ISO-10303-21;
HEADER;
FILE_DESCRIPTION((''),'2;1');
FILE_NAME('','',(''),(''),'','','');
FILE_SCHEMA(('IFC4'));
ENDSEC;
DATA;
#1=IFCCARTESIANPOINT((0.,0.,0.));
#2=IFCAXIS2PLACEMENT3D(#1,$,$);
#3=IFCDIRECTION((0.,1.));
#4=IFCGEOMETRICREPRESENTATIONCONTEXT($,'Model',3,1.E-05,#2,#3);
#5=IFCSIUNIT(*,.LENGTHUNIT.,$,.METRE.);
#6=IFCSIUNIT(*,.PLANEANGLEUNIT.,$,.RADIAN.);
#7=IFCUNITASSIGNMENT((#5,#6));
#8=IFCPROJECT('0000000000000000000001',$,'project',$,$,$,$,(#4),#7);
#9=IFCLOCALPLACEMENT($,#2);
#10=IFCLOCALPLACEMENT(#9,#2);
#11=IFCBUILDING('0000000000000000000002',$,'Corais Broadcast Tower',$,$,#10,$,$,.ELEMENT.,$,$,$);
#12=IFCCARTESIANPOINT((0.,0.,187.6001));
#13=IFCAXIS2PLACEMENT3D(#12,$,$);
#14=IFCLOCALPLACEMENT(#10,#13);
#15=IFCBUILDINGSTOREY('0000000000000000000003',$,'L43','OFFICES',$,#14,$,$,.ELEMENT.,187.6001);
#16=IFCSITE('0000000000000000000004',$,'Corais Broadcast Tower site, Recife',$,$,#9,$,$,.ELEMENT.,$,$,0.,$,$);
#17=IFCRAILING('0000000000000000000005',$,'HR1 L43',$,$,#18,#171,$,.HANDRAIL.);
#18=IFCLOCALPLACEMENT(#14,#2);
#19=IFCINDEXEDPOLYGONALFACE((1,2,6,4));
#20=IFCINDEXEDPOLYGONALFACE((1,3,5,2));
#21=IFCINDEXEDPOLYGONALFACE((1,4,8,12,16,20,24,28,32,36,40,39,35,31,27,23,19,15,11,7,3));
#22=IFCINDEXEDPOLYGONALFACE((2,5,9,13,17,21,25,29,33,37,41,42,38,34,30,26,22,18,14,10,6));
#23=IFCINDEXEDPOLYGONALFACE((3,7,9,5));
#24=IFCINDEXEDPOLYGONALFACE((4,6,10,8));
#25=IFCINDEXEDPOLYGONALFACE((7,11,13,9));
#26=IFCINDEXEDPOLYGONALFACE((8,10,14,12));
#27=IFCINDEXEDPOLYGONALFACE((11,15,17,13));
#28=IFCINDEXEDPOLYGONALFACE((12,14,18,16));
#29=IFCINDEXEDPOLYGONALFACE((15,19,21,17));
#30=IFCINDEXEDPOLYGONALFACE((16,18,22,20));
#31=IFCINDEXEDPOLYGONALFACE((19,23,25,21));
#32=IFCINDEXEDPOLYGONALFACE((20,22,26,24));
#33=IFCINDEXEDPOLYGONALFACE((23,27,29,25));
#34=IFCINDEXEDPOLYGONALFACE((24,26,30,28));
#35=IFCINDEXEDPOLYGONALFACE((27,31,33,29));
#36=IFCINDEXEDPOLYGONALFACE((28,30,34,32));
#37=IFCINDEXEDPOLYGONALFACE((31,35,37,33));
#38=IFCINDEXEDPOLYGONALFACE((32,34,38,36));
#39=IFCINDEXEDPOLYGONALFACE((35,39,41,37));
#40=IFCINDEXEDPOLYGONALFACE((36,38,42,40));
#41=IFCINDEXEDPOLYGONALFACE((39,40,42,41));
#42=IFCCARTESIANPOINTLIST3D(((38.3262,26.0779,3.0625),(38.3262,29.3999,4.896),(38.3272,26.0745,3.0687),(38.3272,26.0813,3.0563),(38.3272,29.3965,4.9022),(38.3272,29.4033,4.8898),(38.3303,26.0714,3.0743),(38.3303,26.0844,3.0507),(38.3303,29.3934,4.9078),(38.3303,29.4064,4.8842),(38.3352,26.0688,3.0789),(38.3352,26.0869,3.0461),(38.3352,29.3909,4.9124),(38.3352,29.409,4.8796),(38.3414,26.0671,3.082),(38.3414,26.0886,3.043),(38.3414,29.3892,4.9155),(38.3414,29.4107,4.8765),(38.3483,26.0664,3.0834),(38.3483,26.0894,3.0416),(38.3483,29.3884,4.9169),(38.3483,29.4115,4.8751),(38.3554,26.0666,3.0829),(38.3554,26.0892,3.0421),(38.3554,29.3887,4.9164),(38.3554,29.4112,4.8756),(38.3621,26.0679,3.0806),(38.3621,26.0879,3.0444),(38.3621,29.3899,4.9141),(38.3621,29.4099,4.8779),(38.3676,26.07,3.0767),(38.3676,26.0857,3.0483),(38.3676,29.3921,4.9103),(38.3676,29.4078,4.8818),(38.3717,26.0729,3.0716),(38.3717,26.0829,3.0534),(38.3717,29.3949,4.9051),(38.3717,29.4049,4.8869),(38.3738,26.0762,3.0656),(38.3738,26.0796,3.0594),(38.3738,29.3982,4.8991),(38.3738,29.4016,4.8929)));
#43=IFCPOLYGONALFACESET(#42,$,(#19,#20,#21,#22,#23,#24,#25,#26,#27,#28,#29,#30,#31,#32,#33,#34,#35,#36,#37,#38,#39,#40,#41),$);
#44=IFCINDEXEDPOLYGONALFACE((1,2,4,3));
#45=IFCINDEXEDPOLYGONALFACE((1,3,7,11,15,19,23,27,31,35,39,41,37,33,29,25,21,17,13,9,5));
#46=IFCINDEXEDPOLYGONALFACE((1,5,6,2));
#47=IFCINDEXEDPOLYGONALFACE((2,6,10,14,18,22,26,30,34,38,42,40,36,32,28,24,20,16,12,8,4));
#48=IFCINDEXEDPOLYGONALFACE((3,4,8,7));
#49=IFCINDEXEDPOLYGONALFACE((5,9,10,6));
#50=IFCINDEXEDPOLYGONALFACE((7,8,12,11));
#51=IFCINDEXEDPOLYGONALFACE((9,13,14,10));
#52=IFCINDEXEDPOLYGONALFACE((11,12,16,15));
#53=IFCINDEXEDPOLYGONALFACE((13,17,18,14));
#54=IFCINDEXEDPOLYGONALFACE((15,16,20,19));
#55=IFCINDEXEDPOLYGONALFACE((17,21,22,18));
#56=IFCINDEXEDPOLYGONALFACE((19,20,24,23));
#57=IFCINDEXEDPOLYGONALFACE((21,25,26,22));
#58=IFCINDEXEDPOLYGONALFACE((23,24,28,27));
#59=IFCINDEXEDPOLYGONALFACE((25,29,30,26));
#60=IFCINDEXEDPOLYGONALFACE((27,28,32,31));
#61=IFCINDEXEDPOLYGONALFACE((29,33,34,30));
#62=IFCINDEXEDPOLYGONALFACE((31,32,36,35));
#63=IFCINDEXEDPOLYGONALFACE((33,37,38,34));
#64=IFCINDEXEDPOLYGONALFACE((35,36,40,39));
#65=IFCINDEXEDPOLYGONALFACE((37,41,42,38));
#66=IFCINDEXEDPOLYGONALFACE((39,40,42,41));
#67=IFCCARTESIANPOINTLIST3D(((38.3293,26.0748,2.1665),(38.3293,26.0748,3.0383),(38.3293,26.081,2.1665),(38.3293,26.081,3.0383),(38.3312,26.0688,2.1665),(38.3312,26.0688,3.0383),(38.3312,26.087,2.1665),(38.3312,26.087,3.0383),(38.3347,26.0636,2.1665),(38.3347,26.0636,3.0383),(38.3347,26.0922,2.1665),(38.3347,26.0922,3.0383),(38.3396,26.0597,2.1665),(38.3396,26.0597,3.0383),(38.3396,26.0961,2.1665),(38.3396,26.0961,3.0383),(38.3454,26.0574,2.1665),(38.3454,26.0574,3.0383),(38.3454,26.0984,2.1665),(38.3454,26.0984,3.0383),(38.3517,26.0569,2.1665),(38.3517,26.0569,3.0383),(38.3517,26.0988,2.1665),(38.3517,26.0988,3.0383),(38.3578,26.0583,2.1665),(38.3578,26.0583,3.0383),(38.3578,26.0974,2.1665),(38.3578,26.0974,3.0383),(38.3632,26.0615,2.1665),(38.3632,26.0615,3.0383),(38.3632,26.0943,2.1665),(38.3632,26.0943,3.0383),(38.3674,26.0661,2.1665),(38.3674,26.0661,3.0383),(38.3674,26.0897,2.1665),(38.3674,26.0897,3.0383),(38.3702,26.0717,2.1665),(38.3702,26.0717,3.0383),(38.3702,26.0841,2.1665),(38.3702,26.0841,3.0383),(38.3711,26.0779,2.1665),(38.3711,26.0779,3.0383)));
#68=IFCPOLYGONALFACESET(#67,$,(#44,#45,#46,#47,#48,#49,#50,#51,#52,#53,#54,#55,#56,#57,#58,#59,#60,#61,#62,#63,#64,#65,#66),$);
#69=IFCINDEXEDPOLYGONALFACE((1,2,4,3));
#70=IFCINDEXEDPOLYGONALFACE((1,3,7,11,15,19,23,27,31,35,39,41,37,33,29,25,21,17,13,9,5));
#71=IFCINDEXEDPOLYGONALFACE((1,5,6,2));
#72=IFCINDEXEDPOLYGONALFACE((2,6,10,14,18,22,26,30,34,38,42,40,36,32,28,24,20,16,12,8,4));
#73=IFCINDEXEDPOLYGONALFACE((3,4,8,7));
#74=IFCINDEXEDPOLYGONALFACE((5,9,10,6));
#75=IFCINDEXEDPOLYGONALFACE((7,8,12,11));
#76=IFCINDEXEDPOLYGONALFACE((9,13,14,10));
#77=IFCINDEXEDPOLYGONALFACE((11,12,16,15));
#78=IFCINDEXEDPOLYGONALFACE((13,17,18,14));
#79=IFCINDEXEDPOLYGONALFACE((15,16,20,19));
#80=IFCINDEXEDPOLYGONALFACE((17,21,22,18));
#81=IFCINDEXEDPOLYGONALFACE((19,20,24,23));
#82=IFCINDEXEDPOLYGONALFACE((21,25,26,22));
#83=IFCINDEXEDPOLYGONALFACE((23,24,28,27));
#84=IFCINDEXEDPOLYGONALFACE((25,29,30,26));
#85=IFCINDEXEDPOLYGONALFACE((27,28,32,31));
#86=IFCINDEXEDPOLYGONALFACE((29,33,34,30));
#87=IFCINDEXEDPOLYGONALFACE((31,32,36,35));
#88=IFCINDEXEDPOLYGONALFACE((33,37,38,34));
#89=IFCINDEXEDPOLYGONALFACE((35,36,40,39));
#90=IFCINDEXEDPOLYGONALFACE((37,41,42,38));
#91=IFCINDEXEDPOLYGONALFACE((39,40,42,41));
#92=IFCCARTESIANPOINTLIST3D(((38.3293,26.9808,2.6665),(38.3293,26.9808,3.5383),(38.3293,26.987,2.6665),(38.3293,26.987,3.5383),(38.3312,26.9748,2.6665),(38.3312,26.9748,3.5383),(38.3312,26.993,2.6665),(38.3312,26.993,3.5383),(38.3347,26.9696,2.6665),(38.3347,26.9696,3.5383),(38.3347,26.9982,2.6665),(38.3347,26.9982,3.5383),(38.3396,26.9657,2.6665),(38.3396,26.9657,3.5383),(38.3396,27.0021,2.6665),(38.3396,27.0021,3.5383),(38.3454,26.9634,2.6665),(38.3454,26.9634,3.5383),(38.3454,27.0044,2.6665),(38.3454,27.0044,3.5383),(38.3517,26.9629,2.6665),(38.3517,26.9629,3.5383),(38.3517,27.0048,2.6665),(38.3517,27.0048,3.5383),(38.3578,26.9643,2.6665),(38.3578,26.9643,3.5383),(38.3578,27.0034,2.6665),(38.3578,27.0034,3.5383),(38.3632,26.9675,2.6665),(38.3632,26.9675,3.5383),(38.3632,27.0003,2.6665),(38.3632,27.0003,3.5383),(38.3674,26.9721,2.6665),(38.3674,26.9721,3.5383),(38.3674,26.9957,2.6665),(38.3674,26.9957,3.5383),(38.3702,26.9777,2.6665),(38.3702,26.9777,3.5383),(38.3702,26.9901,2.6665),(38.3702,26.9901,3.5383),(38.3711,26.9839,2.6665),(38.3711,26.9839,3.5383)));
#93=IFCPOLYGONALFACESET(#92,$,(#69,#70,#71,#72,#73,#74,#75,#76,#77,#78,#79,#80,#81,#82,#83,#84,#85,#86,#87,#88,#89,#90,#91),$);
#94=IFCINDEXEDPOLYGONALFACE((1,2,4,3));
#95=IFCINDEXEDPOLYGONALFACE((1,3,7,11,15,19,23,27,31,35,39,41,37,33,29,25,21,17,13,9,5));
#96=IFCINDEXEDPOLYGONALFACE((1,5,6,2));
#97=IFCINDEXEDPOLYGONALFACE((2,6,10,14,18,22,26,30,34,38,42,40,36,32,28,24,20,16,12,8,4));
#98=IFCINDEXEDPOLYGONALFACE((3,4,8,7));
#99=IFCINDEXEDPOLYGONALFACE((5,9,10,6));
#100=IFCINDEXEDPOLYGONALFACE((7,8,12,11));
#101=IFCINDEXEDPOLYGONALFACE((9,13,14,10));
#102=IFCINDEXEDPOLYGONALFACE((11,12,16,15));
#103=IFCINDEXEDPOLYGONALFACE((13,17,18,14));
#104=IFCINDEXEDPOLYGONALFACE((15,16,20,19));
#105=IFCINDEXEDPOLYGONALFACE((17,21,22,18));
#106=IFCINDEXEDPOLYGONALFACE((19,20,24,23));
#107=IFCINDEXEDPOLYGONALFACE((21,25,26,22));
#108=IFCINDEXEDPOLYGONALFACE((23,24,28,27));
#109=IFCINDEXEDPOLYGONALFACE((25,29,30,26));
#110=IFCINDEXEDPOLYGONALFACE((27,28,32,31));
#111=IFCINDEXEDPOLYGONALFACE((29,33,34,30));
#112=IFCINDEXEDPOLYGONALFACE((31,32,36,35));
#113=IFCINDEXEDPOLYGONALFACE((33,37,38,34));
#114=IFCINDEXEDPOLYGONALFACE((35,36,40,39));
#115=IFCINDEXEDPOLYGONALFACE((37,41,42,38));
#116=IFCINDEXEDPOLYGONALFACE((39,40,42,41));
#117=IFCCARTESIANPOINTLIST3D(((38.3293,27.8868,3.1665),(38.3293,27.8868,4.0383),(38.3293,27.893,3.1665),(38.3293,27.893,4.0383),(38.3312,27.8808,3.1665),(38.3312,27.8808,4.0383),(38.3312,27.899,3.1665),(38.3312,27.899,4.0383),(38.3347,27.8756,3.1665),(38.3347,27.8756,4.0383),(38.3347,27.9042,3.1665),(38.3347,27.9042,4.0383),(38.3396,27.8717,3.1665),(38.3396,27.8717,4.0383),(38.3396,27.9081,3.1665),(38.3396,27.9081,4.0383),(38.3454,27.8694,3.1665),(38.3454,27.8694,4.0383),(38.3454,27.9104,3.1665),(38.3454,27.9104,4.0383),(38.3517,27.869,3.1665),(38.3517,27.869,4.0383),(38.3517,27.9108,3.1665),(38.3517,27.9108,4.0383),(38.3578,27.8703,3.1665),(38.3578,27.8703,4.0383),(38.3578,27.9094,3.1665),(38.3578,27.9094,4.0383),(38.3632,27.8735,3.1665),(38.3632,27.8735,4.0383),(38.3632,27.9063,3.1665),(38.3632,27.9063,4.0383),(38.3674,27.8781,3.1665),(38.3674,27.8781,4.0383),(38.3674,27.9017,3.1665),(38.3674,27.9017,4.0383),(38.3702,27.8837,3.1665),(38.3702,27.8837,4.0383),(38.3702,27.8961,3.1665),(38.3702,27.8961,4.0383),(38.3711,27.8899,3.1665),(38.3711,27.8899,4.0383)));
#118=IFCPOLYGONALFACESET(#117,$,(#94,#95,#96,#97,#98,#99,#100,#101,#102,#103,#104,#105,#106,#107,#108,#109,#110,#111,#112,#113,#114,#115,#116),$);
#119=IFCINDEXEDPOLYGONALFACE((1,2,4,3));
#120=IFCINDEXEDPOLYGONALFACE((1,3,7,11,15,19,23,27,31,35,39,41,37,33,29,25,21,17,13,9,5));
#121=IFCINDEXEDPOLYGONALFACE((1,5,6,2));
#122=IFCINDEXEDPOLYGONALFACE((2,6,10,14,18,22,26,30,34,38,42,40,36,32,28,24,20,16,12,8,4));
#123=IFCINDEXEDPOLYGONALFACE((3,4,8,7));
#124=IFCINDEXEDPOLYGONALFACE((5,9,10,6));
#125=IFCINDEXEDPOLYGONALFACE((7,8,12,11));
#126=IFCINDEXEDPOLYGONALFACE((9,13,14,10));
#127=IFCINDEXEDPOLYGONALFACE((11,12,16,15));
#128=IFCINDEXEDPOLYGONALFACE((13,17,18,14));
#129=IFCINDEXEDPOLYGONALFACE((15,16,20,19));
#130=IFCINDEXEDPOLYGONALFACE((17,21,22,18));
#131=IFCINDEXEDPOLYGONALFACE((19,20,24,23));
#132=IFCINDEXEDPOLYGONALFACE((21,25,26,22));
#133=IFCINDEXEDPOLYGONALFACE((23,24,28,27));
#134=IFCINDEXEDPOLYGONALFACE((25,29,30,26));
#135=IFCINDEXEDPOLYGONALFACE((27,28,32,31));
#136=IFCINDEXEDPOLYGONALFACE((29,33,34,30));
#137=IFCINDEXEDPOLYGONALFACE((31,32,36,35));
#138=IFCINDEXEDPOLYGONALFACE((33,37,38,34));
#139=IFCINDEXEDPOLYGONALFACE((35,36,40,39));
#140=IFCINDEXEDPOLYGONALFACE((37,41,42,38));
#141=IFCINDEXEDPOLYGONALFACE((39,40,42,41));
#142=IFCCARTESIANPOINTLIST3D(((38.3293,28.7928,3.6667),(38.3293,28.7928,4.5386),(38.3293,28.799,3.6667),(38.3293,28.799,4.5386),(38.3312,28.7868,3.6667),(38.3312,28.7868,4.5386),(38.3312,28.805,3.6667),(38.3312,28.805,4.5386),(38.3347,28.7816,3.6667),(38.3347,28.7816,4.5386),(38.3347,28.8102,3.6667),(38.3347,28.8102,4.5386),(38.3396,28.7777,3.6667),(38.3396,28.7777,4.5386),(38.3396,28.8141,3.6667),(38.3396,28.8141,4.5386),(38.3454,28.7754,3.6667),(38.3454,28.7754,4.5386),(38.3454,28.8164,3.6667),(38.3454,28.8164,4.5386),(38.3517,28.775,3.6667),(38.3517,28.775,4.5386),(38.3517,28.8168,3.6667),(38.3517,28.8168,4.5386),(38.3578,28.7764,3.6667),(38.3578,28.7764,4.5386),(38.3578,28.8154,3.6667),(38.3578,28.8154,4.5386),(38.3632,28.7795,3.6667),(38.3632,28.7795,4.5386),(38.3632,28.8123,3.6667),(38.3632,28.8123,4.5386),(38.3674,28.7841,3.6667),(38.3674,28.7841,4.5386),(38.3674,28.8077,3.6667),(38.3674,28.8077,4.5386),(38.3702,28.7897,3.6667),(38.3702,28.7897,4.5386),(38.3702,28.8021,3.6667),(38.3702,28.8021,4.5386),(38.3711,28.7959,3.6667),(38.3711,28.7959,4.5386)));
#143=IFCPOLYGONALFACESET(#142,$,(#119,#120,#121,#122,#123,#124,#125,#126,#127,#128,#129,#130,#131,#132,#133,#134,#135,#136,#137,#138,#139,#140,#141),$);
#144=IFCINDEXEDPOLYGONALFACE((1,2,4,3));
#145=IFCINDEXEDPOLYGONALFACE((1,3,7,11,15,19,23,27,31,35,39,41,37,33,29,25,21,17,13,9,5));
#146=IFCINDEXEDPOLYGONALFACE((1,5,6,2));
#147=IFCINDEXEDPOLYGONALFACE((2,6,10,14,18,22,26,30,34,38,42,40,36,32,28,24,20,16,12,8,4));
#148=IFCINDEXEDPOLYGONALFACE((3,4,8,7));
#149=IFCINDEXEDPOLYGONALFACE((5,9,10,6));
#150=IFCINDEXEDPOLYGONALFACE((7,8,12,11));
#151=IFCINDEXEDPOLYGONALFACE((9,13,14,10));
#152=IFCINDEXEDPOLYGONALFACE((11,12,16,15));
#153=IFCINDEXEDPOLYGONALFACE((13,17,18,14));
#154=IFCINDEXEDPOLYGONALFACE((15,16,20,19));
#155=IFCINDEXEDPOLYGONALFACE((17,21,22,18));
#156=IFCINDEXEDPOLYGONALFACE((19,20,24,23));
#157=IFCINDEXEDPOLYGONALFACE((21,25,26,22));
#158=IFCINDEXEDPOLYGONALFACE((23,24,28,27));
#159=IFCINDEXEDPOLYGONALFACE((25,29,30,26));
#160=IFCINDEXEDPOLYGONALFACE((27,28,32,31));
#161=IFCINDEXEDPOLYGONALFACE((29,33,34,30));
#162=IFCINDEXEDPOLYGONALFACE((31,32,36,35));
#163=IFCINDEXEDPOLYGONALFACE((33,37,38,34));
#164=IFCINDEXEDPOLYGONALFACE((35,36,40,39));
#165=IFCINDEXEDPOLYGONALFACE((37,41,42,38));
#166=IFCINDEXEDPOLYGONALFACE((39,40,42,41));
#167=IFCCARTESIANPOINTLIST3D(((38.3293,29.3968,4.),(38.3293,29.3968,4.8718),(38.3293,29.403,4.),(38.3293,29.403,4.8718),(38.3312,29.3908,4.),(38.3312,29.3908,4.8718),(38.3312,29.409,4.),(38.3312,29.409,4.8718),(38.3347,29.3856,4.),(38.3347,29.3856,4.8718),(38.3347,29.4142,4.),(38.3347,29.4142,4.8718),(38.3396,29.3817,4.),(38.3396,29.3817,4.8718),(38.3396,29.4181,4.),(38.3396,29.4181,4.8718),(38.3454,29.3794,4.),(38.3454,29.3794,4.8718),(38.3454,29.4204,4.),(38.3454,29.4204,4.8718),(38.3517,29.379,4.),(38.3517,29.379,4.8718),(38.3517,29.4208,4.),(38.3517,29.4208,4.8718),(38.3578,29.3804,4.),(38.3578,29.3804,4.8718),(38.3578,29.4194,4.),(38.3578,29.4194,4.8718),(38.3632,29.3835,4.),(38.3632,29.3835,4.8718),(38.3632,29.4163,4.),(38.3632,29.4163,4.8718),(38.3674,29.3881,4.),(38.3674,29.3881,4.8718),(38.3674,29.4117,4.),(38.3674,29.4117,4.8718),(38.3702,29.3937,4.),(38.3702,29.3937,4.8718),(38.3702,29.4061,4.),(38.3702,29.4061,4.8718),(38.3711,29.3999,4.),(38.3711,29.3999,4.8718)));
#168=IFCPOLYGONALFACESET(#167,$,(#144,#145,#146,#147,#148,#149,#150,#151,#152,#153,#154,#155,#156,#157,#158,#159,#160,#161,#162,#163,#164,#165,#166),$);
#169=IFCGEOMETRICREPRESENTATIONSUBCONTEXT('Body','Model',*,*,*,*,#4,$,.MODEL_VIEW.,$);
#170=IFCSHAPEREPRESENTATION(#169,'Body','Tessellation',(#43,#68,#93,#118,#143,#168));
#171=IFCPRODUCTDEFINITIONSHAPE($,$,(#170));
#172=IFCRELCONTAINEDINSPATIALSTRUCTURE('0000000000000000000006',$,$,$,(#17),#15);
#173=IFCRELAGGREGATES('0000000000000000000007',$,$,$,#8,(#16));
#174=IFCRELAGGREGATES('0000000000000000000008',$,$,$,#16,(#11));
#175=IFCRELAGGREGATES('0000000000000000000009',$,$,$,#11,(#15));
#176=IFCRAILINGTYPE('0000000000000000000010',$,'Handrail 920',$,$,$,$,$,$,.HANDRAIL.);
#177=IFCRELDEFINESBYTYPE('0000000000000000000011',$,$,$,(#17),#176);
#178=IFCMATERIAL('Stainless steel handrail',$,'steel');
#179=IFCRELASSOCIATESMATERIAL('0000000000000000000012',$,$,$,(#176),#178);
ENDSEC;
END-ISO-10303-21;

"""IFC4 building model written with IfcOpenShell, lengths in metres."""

from ifc_helpers import new_model, si_unit, direction, frame, origin, origin_2d, place, context, subcontext, project, spatial, circle, extrude, material, type_object, element, save


model = new_model("IFC4")

# Units and contexts
model_context = context("Model", 3, precision=1e-05, world=origin(), true_north=direction((0.0, 1.0)))
body_context = subcontext(model_context, "Body", "Model", "MODEL_VIEW")
ifc_project = project(units=[si_unit("LENGTHUNIT", "METRE"), si_unit("PLANEANGLEUNIT", "RADIAN")], contexts=[model_context])

# Site, building, storey
site_placement = place(None, origin())
site = spatial("IfcSite", under=ifc_project, at=site_placement, Name="Corais Broadcast Tower site, Recife", CompositionType="ELEMENT", RefElevation=0.0)
building_placement = place(site_placement, origin())
building = spatial("IfcBuilding", under=site, at=building_placement, Name="Corais Broadcast Tower", CompositionType="ELEMENT")
storey_placement = place(building_placement, frame((0.0, 0.0, 187.6001)))
storey = spatial("IfcBuildingStorey", under=building, at=storey_placement, Name="L43", Description="OFFICES", CompositionType="ELEMENT", Elevation=187.6001)

# Railing
ifc_material_1 = material(Name="Stainless steel handrail", Category="steel")
railing_type = type_object("IfcRailingType", Name="Handrail 920", PredefinedType="HANDRAIL", material=ifc_material_1)
for number, where, name in (
    (1, (38.3501, 26.0779, 2.1665), "HR1 L43"),
):
    element("IfcRailing", number, at=place(storey_placement, frame(where)), inside=storey, type_object=railing_type, Name=name, PredefinedType="HANDRAIL", context=body_context, shape_type="SweptSolid", body=[
        extrude(circle(Radius=0.0239, at=origin_2d()), frame((0.0, 0.0, 0.896), z_axis=(0.0, 0.875504, 0.48321), x_axis=(-1.0, 0.0, 0.0)), (0.0, 0.0, 1.0), 3.7944),
        extrude(circle(Radius=0.021, at=origin_2d()), origin(), (0.0, 0.0, 1.0), 0.8718),
        extrude(circle(Radius=0.021, at=origin_2d()), frame((0.0, 0.906, 0.5)), (0.0, 0.0, 1.0), 0.8718),
        extrude(circle(Radius=0.021, at=origin_2d()), frame((0.0, 1.812, 1.0)), (0.0, 0.0, 1.0), 0.8718),
        extrude(circle(Radius=0.021, at=origin_2d()), frame((0.0, 2.718, 1.5002)), (0.0, 0.0, 1.0), 0.8718),
        extrude(circle(Radius=0.021, at=origin_2d()), frame((0.0, 3.322, 1.8335)), (0.0, 0.0, 1.0), 0.8718),
    ])

save(model, "model.ifc")
